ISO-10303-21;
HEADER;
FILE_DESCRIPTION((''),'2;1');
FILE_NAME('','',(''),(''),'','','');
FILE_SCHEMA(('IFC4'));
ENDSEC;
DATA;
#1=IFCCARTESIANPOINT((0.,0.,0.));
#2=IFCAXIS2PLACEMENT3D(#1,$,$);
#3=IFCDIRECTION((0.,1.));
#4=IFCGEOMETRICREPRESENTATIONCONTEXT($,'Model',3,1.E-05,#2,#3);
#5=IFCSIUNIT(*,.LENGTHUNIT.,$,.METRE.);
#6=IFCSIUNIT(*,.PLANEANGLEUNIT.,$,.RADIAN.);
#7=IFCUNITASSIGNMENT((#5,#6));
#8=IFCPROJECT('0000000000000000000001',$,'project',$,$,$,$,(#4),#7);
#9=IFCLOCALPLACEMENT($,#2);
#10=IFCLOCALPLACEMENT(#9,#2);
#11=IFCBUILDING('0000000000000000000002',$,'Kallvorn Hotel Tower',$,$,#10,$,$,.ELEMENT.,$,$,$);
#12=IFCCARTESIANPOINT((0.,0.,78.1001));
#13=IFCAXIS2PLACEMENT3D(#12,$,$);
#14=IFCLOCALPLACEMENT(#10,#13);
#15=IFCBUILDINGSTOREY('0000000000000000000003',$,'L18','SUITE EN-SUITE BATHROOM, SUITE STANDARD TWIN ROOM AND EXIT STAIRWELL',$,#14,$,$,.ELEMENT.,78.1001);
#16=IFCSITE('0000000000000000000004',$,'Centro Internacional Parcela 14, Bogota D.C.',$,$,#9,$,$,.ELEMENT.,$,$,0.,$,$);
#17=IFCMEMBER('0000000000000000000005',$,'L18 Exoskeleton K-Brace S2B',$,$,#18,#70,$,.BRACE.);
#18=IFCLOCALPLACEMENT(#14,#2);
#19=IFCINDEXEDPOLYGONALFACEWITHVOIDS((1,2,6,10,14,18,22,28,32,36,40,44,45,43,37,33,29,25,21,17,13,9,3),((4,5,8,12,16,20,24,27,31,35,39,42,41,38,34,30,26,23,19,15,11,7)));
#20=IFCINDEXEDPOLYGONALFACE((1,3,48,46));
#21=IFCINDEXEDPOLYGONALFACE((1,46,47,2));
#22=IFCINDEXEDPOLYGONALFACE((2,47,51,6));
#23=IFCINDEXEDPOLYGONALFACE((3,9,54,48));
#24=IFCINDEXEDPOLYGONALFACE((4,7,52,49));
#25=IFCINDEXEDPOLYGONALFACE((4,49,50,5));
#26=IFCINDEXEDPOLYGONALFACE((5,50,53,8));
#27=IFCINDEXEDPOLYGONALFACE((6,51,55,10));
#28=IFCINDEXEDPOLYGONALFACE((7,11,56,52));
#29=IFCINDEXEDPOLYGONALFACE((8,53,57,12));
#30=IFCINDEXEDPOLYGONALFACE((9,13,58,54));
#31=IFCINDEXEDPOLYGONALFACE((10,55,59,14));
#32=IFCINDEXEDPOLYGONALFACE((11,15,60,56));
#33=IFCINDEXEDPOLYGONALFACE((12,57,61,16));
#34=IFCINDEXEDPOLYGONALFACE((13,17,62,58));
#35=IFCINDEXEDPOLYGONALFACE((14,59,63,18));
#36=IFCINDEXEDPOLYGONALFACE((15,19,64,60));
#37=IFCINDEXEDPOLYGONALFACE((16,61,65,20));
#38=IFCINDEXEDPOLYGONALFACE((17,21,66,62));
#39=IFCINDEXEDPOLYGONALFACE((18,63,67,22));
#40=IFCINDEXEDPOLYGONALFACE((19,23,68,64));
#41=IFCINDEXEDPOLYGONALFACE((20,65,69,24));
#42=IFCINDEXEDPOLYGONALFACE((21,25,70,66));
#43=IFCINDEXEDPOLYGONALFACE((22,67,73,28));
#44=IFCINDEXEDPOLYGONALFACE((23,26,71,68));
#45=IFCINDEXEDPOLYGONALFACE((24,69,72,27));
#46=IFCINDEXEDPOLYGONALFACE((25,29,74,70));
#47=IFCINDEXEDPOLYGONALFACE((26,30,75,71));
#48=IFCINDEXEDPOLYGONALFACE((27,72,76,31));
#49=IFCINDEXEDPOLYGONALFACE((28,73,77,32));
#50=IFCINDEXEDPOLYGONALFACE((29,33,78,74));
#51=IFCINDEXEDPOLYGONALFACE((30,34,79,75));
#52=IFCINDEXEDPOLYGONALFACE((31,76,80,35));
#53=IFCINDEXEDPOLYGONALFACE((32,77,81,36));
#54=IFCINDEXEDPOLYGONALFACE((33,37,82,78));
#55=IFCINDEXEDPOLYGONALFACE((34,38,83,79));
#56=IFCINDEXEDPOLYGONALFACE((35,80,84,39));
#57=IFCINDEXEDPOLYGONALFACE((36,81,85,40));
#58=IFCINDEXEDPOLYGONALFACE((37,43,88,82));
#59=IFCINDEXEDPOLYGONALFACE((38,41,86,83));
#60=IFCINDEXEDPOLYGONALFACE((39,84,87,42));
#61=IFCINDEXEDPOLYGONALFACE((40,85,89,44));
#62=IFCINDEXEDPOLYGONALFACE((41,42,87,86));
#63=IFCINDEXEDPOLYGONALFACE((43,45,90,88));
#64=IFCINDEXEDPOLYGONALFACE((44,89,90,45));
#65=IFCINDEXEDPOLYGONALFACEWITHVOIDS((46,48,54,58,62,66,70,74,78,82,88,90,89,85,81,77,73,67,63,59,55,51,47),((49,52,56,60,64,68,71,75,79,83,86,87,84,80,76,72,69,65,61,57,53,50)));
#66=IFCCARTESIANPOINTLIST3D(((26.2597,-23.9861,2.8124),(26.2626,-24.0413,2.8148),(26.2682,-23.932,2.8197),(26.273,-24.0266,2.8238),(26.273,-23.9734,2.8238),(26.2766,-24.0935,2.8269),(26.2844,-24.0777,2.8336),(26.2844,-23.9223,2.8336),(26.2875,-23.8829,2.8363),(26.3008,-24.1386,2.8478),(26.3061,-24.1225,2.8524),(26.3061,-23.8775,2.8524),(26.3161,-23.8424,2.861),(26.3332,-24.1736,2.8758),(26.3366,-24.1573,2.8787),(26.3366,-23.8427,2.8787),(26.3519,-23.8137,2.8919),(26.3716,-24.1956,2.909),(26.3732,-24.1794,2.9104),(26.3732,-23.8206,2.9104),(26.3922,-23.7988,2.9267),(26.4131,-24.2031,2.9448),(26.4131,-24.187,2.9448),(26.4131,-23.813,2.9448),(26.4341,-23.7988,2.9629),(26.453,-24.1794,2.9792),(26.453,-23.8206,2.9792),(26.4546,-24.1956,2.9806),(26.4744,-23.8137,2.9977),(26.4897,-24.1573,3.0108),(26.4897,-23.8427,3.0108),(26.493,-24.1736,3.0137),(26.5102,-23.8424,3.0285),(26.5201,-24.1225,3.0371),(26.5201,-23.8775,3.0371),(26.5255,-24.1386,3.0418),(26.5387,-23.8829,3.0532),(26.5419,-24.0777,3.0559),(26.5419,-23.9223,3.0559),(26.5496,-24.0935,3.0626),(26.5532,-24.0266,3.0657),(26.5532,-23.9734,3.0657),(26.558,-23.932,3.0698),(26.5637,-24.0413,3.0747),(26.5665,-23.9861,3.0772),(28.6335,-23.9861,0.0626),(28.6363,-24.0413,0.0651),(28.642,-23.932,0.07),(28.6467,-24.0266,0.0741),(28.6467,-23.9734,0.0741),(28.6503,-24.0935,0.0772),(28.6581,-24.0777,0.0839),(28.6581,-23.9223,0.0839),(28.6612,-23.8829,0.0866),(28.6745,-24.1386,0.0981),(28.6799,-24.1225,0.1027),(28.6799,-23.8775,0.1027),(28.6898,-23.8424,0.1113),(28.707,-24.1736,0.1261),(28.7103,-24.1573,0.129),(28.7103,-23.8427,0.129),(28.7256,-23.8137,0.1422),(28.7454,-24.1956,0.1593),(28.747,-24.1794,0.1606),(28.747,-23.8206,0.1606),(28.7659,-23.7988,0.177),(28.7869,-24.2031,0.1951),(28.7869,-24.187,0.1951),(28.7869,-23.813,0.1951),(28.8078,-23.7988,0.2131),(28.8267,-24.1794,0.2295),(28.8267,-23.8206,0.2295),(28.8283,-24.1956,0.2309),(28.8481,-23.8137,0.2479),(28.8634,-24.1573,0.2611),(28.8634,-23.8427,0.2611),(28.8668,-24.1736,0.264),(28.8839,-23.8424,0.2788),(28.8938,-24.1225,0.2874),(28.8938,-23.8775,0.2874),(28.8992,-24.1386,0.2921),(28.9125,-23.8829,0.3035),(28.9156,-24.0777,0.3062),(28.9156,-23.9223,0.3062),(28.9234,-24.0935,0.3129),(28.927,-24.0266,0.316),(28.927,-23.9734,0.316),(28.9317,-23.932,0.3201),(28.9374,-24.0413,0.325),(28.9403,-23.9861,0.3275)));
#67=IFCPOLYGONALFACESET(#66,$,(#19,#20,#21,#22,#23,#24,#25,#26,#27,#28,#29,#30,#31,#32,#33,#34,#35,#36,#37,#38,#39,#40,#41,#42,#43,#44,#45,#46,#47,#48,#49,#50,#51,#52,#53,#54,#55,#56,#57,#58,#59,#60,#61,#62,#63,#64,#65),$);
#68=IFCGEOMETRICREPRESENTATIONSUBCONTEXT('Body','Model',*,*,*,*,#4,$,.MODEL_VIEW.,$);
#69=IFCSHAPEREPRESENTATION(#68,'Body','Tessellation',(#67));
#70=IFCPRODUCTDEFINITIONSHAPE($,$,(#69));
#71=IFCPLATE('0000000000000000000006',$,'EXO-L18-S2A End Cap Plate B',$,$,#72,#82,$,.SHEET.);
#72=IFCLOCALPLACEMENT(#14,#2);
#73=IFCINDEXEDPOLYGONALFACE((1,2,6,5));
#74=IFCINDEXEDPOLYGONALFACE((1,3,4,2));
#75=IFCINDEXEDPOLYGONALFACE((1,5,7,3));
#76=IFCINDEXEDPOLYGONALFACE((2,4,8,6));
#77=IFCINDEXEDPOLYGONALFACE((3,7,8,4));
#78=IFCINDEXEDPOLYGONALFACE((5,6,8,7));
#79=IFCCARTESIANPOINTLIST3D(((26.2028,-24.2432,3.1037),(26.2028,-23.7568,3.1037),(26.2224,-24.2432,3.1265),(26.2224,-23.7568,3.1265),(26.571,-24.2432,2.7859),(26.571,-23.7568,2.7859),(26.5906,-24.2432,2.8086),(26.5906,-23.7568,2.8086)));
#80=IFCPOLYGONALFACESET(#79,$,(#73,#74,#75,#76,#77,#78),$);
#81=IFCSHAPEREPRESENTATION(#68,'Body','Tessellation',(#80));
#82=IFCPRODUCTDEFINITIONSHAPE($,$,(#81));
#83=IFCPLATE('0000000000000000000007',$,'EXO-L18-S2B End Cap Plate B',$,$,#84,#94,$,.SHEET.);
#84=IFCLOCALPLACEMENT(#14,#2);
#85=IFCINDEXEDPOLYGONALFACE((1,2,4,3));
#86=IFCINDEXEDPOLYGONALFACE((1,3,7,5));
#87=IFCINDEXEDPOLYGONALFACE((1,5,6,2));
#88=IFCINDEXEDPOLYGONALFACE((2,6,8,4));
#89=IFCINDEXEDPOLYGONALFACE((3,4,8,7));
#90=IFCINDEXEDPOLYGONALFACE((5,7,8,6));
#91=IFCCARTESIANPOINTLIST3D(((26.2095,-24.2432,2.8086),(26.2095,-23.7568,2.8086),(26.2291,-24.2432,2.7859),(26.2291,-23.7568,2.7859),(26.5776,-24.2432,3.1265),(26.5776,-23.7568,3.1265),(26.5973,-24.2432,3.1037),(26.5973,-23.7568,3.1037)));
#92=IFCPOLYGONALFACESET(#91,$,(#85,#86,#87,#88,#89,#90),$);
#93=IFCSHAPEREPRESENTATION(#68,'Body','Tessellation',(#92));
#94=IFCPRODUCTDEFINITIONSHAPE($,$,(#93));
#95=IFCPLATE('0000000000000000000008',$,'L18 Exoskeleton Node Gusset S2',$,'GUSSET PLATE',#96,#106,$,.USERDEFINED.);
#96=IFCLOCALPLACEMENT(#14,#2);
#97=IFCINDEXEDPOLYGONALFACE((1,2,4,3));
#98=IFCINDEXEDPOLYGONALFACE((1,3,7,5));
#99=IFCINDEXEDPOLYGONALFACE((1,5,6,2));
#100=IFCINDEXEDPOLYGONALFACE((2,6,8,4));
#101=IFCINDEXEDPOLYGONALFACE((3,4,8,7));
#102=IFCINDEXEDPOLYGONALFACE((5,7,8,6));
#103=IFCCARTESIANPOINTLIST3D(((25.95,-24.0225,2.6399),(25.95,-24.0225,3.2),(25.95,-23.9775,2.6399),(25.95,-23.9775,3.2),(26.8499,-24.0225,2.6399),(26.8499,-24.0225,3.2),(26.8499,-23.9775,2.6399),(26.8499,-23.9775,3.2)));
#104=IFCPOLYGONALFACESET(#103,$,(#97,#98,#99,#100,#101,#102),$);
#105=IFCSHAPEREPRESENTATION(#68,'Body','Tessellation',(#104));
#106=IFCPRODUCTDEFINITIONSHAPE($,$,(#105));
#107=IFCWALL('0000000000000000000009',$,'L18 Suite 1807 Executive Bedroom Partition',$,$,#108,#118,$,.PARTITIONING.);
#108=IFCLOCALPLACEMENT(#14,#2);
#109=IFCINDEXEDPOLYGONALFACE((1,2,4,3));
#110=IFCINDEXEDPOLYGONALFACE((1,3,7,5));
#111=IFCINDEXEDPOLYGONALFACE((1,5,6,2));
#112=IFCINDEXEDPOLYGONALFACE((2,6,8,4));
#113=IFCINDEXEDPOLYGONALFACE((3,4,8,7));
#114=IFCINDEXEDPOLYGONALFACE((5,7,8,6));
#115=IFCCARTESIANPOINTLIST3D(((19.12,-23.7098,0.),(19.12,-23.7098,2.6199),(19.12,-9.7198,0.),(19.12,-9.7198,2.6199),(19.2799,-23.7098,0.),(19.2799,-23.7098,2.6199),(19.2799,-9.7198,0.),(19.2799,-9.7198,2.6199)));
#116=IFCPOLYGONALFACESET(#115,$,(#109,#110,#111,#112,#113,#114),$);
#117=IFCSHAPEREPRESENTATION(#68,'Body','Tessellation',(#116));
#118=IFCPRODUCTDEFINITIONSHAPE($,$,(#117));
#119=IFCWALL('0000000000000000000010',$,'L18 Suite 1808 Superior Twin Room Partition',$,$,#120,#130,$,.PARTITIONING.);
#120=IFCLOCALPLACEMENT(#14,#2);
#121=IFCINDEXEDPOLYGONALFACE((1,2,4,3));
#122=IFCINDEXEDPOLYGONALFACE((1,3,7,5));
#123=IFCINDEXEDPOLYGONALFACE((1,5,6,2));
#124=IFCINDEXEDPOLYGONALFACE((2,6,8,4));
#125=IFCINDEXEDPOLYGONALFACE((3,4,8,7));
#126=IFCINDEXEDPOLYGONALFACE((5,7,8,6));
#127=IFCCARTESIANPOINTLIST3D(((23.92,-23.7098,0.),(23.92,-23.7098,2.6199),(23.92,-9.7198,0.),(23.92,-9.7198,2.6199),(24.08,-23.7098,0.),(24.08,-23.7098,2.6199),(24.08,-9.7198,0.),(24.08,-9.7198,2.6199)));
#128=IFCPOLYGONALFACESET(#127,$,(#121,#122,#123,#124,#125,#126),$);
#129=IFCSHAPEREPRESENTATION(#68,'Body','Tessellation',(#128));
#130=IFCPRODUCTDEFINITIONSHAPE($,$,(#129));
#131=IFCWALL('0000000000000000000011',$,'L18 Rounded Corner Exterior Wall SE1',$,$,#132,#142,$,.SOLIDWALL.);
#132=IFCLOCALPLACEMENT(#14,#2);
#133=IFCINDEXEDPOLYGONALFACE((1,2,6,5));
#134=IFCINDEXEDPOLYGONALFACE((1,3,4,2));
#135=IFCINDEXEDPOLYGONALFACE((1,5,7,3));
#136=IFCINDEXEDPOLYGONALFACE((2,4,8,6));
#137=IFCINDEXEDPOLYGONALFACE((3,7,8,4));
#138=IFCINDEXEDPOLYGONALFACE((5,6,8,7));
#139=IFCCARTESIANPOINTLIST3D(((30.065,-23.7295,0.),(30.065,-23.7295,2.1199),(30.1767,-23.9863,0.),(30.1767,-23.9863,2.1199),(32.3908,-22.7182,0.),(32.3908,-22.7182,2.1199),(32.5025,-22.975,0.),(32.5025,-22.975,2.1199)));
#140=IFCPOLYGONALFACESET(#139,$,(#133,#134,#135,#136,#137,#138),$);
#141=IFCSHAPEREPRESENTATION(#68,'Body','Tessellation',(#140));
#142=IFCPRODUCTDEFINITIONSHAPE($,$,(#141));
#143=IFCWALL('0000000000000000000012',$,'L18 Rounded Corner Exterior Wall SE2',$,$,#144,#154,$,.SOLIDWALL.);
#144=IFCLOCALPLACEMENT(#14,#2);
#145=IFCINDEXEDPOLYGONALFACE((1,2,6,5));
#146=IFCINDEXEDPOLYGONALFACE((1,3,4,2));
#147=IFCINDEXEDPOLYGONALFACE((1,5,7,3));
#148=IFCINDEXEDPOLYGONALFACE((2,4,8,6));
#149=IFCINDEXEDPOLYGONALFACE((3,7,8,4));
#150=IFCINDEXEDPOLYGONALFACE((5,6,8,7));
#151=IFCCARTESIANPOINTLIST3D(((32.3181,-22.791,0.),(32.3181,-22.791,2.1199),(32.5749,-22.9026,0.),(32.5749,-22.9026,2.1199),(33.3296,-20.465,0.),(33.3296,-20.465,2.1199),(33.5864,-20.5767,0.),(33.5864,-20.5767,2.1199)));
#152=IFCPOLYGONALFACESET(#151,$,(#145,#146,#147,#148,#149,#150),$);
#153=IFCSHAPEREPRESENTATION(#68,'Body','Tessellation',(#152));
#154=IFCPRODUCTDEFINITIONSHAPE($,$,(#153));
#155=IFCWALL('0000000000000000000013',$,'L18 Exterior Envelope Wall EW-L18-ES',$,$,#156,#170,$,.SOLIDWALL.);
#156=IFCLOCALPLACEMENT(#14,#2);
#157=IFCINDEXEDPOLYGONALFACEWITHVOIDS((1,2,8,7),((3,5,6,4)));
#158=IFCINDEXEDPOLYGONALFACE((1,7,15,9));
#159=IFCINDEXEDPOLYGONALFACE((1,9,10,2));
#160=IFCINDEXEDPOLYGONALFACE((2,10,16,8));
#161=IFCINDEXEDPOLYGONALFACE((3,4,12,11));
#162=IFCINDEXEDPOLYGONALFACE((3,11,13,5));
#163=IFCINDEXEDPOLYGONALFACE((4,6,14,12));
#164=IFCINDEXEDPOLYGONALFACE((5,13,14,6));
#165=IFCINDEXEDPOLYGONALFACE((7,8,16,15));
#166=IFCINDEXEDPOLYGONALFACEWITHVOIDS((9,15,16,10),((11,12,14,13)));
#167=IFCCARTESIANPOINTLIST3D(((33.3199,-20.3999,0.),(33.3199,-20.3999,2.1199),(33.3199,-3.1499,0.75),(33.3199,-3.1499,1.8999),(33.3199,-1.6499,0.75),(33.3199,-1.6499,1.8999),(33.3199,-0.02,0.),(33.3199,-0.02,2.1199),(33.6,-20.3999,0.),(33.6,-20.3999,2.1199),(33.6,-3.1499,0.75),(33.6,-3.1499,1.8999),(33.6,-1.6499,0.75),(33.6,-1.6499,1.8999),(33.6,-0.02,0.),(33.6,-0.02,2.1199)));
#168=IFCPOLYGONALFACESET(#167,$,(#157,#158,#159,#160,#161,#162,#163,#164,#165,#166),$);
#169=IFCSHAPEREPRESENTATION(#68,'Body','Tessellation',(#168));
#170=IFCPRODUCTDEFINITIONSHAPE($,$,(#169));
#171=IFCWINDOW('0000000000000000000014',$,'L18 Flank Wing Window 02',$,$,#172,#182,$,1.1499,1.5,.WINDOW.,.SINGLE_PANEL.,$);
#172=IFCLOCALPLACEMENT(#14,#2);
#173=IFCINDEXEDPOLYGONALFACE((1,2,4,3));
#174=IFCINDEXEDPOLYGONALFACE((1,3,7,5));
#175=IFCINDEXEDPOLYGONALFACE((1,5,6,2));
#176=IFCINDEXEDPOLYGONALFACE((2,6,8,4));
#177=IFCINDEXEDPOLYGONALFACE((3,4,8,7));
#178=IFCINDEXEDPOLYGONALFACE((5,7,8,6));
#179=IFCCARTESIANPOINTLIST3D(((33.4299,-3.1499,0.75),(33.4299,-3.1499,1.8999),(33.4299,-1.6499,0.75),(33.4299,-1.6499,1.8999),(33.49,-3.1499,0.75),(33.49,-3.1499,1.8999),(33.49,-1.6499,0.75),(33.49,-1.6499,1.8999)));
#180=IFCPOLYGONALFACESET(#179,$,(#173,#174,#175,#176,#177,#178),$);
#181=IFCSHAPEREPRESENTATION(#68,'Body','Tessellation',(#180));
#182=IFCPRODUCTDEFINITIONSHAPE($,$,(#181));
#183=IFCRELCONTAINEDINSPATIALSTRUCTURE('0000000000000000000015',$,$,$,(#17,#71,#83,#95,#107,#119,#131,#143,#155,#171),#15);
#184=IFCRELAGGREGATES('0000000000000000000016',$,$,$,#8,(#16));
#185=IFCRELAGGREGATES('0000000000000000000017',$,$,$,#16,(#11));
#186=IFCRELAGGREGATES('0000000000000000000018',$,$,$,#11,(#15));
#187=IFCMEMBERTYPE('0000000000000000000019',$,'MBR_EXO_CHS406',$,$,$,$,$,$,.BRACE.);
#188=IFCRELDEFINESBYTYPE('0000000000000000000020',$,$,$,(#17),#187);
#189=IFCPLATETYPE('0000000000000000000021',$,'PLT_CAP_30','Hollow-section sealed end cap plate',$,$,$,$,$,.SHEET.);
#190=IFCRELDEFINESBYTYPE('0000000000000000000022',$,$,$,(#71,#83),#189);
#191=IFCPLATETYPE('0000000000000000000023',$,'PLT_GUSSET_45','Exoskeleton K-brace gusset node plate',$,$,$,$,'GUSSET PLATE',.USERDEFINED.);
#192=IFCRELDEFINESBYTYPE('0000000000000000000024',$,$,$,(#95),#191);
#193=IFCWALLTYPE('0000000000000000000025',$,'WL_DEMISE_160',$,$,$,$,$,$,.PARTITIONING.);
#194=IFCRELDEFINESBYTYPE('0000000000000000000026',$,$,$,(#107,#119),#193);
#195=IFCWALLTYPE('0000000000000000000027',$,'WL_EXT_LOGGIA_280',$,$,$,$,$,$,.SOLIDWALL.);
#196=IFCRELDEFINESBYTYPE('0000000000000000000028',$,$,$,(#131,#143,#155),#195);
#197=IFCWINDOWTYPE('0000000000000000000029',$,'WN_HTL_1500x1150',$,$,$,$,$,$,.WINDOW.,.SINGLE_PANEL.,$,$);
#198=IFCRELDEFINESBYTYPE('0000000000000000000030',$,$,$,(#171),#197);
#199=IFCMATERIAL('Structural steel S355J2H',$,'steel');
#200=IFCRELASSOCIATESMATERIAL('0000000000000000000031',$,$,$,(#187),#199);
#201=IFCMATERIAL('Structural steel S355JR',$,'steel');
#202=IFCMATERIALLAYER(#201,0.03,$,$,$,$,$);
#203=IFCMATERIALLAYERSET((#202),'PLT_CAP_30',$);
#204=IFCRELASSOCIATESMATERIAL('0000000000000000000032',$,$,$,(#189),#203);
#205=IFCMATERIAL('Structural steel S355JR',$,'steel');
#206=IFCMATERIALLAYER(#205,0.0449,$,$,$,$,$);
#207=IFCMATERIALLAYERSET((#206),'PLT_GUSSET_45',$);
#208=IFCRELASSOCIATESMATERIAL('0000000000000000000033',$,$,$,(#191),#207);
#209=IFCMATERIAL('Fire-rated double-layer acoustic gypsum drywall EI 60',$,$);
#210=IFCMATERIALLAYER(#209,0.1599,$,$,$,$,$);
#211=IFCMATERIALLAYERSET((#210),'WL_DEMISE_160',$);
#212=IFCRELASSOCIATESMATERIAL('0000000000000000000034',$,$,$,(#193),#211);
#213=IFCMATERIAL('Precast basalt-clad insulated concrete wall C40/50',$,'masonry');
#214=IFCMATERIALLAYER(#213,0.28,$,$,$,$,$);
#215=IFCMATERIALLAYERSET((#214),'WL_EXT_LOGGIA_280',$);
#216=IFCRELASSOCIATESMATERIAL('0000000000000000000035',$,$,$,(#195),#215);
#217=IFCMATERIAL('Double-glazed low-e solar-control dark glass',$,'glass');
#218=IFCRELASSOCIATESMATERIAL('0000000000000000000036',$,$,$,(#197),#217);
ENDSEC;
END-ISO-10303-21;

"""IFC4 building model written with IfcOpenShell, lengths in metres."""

from ifc_helpers import new_model, si_unit, direction, frame, frame_2d, origin, origin_2d, place, context, subcontext, project, spatial, polyline, rectangle, hollow_circle, outline, extrude, material, layer, layer_set, material_profile, profile_set, type_object, element, fill, save


model = new_model("IFC4")

# Units and contexts
model_context = context("Model", 3, precision=1e-05, world=origin(), true_north=direction((0.0, 1.0)))
body_context = subcontext(model_context, "Body", "Model", "MODEL_VIEW")
ifc_project = project(units=[si_unit("LENGTHUNIT", "METRE"), si_unit("PLANEANGLEUNIT", "RADIAN")], contexts=[model_context])

# Site, building, storey
site_placement = place(None, origin())
site = spatial("IfcSite", under=ifc_project, at=site_placement, Name="Centro Internacional Parcela 14, Bogota D.C.", CompositionType="ELEMENT", RefElevation=0.0)
building_placement = place(site_placement, origin())
building = spatial("IfcBuilding", under=site, at=building_placement, Name="Kallvorn Hotel Tower", CompositionType="ELEMENT")
storey_placement = place(building_placement, frame((0.0, 0.0, 78.1001)))
storey = spatial("IfcBuildingStorey", under=building, at=storey_placement, Name="L18", Description="SUITE EN-SUITE BATHROOM, SUITE STANDARD TWIN ROOM AND EXIT STAIRWELL", CompositionType="ELEMENT", Elevation=78.1001)

# Member
ifc_material_1 = material(Name="Structural steel S355J2H", Category="steel")
ifc_material_profile_1 = material_profile(ifc_material_1, hollow_circle(Radius=0.2031, WallThickness=0.0161, at=origin_2d()), Name="CHS 406.4x16")
ifc_profile_set_1 = profile_set([ifc_material_profile_1], Name="Structural steel S355J2H")
member_type = type_object("IfcMemberType", Name="MBR_EXO_CHS406", PredefinedType="BRACE", material=ifc_profile_set_1)
for number, where, z_axis, x_axis, name in (
    (1, (28.7869, -24.0, 0.1951), (-0.653461, 0.0, 0.756961), (0.0, -1.0, 0.0), "L18 Exoskeleton K-Brace S2B"),
):
    element("IfcMember", number, at=place(storey_placement, frame(where, z_axis=z_axis, x_axis=x_axis)), inside=storey, type_object=member_type, Name=name, PredefinedType="BRACE", context=body_context, shape_type="SweptSolid", body=[
        extrude(hollow_circle(Radius=0.2031, WallThickness=0.0161, at=origin_2d()), origin(), (0.0, 0.0, 1.0), 3.6326),
    ])

# Plates
ifc_material_2 = material(Name="Structural steel S355JR", Category="steel")
ifc_layer_1 = layer(ifc_material_2, 0.03)
ifc_layer_set_1 = layer_set([ifc_layer_1], Name="PLT_CAP_30")
plate_type_1 = type_object("IfcPlateType", Name="PLT_CAP_30", Description="Hollow-section sealed end cap plate", PredefinedType="SHEET", material=ifc_layer_set_1)
for number, where, z_axis, x_axis, name in (
    (2, (26.5906, -24.2432, 2.8086), (0.653515, 0.0, 0.756913), (0.0, 1.0, 0.0), "EXO-L18-S2A End Cap Plate B"),
    (3, (26.2095, -23.7568, 2.8086), (-0.653515, 0.0, 0.756913), (0.0, -1.0, 0.0), "EXO-L18-S2B End Cap Plate B"),
):
    element("IfcPlate", number, at=place(storey_placement, frame(where, z_axis=z_axis, x_axis=x_axis)), inside=storey, type_object=plate_type_1, Name=name, PredefinedType="SHEET", context=body_context, shape_type="SweptSolid", body=[
        extrude(outline(polyline([(0.0, 0.0), (0.4863, 0.0), (0.4863, 0.4864), (0.0, 0.4864), (0.0, 0.0)])), origin(), (0.0, 0.0, -1.0), 0.03),
    ])
ifc_material_3 = material(Name="Structural steel S355JR", Category="steel")
ifc_layer_2 = layer(ifc_material_3, 0.0449)
ifc_layer_set_2 = layer_set([ifc_layer_2], Name="PLT_GUSSET_45")
plate_type_2 = type_object("IfcPlateType", Name="PLT_GUSSET_45", Description="Exoskeleton K-brace gusset node plate", ElementType="GUSSET PLATE", PredefinedType="USERDEFINED", material=ifc_layer_set_2)
plate_placement = place(storey_placement, frame((26.3999, -24.0, 2.6399), z_axis=(0.0, 0.0, 1.0), x_axis=(1.0, 0.0, 0.0)))
element("IfcPlate", 4, at=plate_placement, inside=storey, type_object=plate_type_2, Name="L18 Exoskeleton Node Gusset S2", ObjectType="GUSSET PLATE", PredefinedType="USERDEFINED", context=body_context, shape_type="SweptSolid", body=[
    extrude(rectangle(XDim=0.8999, YDim=0.0449, at=origin_2d()), origin(), (0.0, 0.0, 1.0), 0.5601),
])

# Walls
ifc_material_4 = material(Name="Fire-rated double-layer acoustic gypsum drywall EI 60")
ifc_layer_3 = layer(ifc_material_4, 0.1599)
ifc_layer_set_3 = layer_set([ifc_layer_3], Name="WL_DEMISE_160")
wall_type_1 = type_object("IfcWallType", Name="WL_DEMISE_160", PredefinedType="PARTITIONING", material=ifc_layer_set_3)
for number, where, z_axis, x_axis, name in (
    (5, (19.2, -23.71, 0.0), (0.0, 0.0, 1.0), (0.0, 1.0, 0.0), "L18 Suite 1807 Executive Bedroom Partition"),
    (6, (24.0, -23.71, 0.0), (0.0, 0.0, 1.0), (0.0, 1.0, 0.0), "L18 Suite 1808 Superior Twin Room Partition"),
):
    element("IfcWall", number, at=place(storey_placement, frame(where, z_axis=z_axis, x_axis=x_axis)), inside=storey, type_object=wall_type_1, Name=name, PredefinedType="PARTITIONING", context=body_context, shape_type="SweptSolid", body=[
        extrude(rectangle(XDim=13.99, YDim=0.1599, at=frame_2d((6.9951, 0.0))), origin(), (0.0, 0.0, 1.0), 2.6199),
    ])
ifc_material_5 = material(Name="Precast basalt-clad insulated concrete wall C40/50", Category="masonry")
ifc_layer_4 = layer(ifc_material_5, 0.28)
ifc_layer_set_4 = layer_set([ifc_layer_4], Name="WL_EXT_LOGGIA_280")
wall_type_2 = type_object("IfcWallType", Name="WL_EXT_LOGGIA_280", PredefinedType="SOLIDWALL", material=ifc_layer_set_4)
wall_1_placement = place(storey_placement, frame((30.1208, -23.8579, 0.0), z_axis=(0.0, 0.0, 1.0), x_axis=(0.917061, 0.398747, 0.0)))
element("IfcWall", 7, at=wall_1_placement, inside=storey, type_object=wall_type_2, Name="L18 Rounded Corner Exterior Wall SE1", PredefinedType="SOLIDWALL", context=body_context, shape_type="SweptSolid", body=[
    extrude(rectangle(XDim=2.5361, YDim=0.28, at=frame_2d((1.2681, 0.0))), origin(), (0.0, 0.0, 1.0), 2.1199),
])
wall_2_placement = place(storey_placement, frame((32.4465, -22.8467, 0.0), z_axis=(0.0, 0.0, 1.0), x_axis=(0.398793, 0.917041, 0.0)))
element("IfcWall", 8, at=wall_2_placement, inside=storey, type_object=wall_type_2, Name="L18 Rounded Corner Exterior Wall SE2", PredefinedType="SOLIDWALL", context=body_context, shape_type="SweptSolid", body=[
    extrude(rectangle(XDim=2.5364, YDim=0.28, at=frame_2d((1.2681, 0.0))), origin(), (0.0, 0.0, 1.0), 2.1199),
])

# Wall, opening, window
wall_3_placement = place(storey_placement, frame((33.46, -20.3999, 0.0), z_axis=(0.0, 0.0, 1.0), x_axis=(0.0, 1.0, 0.0)))
wall_3 = element("IfcWall", 9, at=wall_3_placement, inside=storey, type_object=wall_type_2, Name="L18 Exterior Envelope Wall EW-L18-ES", PredefinedType="SOLIDWALL", context=body_context, shape_type="SweptSolid", body=[
    extrude(rectangle(XDim=20.3799, YDim=0.28, at=frame_2d((10.1899, 0.0))), origin(), (0.0, 0.0, 1.0), 2.1199),
])
opening_placement = place(wall_3_placement, frame((17.25, 0.0, 0.75)))
opening = element("IfcOpeningElement", 10, at=opening_placement, cuts=wall_3, PredefinedType="OPENING", context=body_context, shape_type="SweptSolid", body=[
    extrude(rectangle(XDim=1.5, YDim=1.1499, at=frame_2d((0.75, 0.575))), frame((0.0, 0.155, 0.0), z_axis=(0.0, -1.0, 0.0), x_axis=(1.0, 0.0, 0.0)), (0.0, 0.0, 1.0), 0.3101),
])
ifc_material_6 = material(Name="Double-glazed low-e solar-control dark glass", Category="glass")
window_type = type_object("IfcWindowType", Name="WN_HTL_1500x1150", PartitioningType="SINGLE_PANEL", PredefinedType="WINDOW", material=ifc_material_6)
window_placement = place(opening_placement, origin())
window = element("IfcWindow", 11, at=window_placement, inside=storey, type_object=window_type, Name="L18 Flank Wing Window 02", OverallHeight=1.1499, OverallWidth=1.5, PartitioningType="SINGLE_PANEL", PredefinedType="WINDOW", context=body_context, shape_type="SweptSolid", body=[
    extrude(rectangle(XDim=1.5, YDim=1.1499, at=frame_2d((0.75, 0.575))), frame((0.0, 0.03, 0.0), z_axis=(0.0, -1.0, 0.0), x_axis=(1.0, 0.0, 0.0)), (0.0, 0.0, 1.0), 0.0601),
])
fill(opening, window)

save(model, "model.ifc")
